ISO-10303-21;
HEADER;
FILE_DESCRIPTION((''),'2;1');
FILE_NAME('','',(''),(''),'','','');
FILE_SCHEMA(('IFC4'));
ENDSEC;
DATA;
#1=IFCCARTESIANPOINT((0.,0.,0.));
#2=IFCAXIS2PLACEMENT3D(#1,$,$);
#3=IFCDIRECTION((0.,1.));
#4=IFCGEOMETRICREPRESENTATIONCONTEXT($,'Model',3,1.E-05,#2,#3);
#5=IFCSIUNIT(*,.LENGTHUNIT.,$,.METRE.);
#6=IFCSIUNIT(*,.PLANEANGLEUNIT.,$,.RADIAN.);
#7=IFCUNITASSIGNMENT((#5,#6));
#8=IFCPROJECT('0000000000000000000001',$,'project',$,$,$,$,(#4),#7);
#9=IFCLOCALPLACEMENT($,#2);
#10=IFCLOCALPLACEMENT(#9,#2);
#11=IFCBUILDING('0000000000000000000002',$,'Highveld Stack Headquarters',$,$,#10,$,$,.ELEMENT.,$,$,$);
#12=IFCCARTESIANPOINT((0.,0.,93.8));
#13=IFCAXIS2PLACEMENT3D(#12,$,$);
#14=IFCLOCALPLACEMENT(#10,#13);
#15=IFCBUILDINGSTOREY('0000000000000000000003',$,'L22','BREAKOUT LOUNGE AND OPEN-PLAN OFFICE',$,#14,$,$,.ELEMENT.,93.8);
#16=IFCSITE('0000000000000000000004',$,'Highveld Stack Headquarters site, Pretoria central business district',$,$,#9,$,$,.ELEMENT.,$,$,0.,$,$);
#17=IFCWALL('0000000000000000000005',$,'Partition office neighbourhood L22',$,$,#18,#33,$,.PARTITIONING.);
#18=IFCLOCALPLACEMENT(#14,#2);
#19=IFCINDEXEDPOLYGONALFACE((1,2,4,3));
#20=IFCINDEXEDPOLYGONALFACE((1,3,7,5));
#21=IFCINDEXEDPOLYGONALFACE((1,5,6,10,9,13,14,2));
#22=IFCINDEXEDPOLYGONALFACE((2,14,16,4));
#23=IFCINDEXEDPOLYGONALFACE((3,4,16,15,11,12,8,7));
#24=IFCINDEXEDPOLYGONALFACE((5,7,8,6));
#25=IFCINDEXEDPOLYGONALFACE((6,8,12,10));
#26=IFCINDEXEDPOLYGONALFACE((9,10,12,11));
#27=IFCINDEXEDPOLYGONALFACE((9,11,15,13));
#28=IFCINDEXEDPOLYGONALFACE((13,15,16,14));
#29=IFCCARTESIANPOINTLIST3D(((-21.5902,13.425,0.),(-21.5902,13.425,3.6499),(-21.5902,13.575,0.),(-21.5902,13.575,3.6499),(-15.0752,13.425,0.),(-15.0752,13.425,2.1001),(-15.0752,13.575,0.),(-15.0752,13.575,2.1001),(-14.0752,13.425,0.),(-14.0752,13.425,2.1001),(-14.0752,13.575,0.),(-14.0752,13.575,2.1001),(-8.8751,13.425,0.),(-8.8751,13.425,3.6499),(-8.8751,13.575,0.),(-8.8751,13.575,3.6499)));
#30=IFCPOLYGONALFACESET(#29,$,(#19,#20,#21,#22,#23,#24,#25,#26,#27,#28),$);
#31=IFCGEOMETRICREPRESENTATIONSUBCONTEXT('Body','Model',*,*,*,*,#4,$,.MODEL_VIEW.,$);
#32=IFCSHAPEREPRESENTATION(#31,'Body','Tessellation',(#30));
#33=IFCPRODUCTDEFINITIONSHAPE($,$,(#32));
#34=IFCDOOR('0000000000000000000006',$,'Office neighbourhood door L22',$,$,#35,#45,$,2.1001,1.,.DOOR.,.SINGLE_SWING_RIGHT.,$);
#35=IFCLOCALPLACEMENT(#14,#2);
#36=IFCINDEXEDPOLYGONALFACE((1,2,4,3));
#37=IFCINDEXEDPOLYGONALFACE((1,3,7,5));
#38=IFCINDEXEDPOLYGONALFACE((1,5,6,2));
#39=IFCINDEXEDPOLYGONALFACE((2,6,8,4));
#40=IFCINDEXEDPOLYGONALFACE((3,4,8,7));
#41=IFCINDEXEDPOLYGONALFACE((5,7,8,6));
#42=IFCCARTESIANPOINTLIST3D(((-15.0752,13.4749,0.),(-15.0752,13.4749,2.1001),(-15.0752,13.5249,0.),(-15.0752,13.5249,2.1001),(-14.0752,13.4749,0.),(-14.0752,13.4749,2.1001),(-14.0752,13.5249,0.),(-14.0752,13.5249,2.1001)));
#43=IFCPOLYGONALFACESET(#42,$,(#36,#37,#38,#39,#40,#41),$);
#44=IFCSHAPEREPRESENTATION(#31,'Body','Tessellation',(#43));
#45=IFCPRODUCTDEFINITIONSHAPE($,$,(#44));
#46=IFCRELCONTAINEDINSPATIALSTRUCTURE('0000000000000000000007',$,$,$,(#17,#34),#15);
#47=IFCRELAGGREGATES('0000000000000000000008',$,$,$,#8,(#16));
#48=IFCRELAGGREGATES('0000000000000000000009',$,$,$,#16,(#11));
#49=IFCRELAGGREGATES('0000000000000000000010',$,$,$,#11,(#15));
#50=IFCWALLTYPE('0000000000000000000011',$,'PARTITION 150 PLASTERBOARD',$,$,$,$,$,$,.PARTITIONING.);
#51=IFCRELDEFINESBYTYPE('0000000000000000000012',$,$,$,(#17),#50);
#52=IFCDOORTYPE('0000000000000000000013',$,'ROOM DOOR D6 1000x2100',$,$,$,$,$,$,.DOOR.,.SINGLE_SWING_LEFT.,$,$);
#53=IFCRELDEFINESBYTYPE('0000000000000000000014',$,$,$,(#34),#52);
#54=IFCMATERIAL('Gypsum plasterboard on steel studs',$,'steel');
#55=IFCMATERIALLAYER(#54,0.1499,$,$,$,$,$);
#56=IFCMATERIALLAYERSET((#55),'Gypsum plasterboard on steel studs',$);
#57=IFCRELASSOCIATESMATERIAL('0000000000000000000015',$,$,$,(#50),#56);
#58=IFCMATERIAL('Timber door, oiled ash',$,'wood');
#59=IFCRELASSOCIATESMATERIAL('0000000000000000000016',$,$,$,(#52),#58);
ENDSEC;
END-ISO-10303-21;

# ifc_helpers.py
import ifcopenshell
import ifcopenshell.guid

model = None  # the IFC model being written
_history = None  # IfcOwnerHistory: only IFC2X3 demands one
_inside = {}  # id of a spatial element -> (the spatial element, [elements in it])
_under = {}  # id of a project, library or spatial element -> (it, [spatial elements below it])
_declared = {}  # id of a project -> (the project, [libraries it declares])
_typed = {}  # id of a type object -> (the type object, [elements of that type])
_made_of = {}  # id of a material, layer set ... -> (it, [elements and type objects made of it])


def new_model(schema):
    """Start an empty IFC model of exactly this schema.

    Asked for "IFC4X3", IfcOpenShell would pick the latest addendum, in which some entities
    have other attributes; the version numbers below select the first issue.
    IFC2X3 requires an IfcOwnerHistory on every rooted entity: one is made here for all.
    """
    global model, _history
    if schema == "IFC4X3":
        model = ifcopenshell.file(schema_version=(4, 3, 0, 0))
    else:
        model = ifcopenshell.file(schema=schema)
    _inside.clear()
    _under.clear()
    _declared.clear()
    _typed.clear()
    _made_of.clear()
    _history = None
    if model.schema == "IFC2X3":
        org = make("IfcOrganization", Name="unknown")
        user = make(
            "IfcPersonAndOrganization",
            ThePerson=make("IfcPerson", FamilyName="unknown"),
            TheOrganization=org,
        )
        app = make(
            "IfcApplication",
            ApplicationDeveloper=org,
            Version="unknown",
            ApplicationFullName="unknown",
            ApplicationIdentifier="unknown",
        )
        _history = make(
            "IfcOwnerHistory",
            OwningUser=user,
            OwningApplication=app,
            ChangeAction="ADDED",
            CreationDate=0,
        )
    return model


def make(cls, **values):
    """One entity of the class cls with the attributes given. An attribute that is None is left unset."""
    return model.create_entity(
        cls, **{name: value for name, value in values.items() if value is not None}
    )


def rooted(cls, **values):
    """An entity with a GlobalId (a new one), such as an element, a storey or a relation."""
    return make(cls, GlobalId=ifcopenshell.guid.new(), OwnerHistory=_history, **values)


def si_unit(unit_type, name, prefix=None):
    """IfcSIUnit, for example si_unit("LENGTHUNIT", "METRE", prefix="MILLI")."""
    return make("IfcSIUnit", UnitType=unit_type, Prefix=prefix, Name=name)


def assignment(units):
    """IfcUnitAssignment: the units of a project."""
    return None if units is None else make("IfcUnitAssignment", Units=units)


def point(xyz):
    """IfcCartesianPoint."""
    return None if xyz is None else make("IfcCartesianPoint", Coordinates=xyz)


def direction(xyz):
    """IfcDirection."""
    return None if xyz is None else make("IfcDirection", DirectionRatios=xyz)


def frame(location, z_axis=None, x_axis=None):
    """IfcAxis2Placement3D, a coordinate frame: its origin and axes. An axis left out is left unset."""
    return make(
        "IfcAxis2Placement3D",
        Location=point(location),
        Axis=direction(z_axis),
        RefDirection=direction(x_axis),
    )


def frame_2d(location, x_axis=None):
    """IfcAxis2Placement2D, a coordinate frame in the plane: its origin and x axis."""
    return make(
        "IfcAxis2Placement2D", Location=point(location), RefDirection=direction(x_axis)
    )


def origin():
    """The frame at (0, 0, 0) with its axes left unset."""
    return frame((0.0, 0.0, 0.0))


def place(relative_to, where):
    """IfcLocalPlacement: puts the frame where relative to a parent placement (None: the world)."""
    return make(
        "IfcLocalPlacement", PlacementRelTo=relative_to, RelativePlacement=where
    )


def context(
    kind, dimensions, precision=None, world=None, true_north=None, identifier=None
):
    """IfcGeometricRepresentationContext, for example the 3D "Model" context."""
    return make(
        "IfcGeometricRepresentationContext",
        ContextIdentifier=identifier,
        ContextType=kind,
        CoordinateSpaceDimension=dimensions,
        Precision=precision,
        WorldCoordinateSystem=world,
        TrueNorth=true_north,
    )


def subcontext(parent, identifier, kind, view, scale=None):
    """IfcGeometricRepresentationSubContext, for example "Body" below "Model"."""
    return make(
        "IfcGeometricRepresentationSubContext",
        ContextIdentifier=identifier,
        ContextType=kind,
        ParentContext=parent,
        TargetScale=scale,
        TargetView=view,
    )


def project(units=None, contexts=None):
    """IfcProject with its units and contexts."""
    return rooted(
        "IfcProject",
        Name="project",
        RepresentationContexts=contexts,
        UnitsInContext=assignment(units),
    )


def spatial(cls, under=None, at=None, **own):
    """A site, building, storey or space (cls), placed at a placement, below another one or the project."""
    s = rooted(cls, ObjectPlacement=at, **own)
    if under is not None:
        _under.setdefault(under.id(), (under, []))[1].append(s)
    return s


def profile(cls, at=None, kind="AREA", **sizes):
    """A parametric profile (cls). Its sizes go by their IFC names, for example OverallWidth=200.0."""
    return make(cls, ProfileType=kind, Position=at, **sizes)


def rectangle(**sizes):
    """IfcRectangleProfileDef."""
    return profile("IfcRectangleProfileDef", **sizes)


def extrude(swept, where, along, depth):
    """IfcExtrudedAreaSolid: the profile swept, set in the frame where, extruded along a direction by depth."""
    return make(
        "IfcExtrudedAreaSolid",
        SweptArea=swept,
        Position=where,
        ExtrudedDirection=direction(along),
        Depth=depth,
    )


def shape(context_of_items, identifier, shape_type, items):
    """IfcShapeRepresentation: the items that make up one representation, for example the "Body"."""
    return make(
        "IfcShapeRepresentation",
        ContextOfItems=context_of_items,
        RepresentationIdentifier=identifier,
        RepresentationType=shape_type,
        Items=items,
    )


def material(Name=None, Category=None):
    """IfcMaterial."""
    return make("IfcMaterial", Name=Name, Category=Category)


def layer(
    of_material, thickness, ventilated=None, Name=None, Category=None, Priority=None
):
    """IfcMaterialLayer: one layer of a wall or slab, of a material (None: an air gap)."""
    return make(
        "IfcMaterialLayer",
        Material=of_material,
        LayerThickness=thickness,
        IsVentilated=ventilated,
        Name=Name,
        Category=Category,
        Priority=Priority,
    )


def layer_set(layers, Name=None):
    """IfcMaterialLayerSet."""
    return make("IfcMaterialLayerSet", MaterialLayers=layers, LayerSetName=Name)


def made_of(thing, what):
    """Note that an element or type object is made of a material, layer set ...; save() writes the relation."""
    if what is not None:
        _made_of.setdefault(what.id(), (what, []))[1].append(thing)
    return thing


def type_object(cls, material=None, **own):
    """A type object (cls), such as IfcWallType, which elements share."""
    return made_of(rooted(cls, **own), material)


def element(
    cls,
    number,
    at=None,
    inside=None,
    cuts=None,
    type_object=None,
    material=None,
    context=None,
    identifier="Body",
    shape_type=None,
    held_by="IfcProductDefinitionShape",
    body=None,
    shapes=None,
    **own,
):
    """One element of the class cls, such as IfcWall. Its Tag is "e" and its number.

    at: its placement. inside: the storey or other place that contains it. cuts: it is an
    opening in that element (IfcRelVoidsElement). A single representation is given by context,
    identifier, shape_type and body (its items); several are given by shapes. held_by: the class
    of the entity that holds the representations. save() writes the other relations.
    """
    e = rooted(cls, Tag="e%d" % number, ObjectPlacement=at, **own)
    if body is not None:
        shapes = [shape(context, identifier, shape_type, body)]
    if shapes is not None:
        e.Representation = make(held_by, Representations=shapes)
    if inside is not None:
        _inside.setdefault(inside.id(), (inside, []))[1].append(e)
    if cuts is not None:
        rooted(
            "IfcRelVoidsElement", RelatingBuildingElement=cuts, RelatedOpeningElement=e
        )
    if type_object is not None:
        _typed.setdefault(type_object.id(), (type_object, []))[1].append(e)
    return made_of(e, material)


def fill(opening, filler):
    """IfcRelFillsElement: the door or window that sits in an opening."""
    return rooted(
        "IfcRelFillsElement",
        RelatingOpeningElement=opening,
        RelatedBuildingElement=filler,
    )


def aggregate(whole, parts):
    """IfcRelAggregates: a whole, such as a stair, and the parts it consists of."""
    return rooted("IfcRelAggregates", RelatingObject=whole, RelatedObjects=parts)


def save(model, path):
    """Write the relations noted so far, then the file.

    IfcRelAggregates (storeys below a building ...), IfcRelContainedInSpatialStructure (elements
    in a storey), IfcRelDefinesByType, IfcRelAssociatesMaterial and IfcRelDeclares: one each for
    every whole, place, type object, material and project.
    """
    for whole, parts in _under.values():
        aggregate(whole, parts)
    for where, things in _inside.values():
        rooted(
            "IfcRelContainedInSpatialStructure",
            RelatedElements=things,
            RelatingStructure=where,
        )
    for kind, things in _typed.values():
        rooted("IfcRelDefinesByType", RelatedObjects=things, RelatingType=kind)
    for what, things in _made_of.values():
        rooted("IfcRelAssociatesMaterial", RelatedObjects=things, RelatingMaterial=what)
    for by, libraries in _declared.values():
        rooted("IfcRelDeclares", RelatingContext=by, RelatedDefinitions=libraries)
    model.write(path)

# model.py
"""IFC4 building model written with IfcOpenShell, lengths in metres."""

from ifc_helpers import new_model, si_unit, direction, frame, frame_2d, origin, place, context, subcontext, project, spatial, rectangle, extrude, material, layer, layer_set, type_object, element, fill, save


model = new_model("IFC4")

# Units and contexts
model_context = context("Model", 3, precision=1e-05, world=origin(), true_north=direction((0.0, 1.0)))
body_context = subcontext(model_context, "Body", "Model", "MODEL_VIEW")
ifc_project = project(units=[si_unit("LENGTHUNIT", "METRE"), si_unit("PLANEANGLEUNIT", "RADIAN")], contexts=[model_context])

# Site, building, storey
site_placement = place(None, origin())
site = spatial("IfcSite", under=ifc_project, at=site_placement, Name="Highveld Stack Headquarters site, Pretoria central business district", CompositionType="ELEMENT", RefElevation=0.0)
building_placement = place(site_placement, origin())
building = spatial("IfcBuilding", under=site, at=building_placement, Name="Highveld Stack Headquarters", CompositionType="ELEMENT")
storey_placement = place(building_placement, frame((0.0, 0.0, 93.8)))
storey = spatial("IfcBuildingStorey", under=building, at=storey_placement, Name="L22", Description="BREAKOUT LOUNGE AND OPEN-PLAN OFFICE", CompositionType="ELEMENT", Elevation=93.8)

# Shared definitions
ifc_material_1 = material(Name="Gypsum plasterboard on steel studs", Category="steel")
ifc_layer_1 = layer(ifc_material_1, 0.1499)
ifc_layer_set_1 = layer_set([ifc_layer_1], Name="Gypsum plasterboard on steel studs")
wall_type = type_object("IfcWallType", Name="PARTITION 150 PLASTERBOARD", PredefinedType="PARTITIONING", material=ifc_layer_set_1)

# Wall, opening, door
wall_1_placement = place(storey_placement, frame((-21.5901, 13.5, 0.0), z_axis=(0.0, 0.0, 1.0), x_axis=(1.0, 0.0, 0.0)))
wall_1 = element("IfcWall", 1, at=wall_1_placement, inside=storey, type_object=wall_type, Name="Partition office neighbourhood L22", PredefinedType="PARTITIONING", context=body_context, shape_type="SweptSolid", body=[
    extrude(rectangle(XDim=12.7151, YDim=0.1499, at=frame_2d((6.3574, 0.0))), origin(), (0.0, 0.0, 1.0), 3.6499),
])
opening_placement = place(wall_1_placement, frame((6.5149, 0.0, 0.0)))
opening = element("IfcOpeningElement", 2, at=opening_placement, cuts=wall_1, PredefinedType="OPENING", context=body_context, shape_type="SweptSolid", body=[
    extrude(rectangle(XDim=1.0, YDim=2.1001, at=frame_2d((0.5, 1.05))), frame((0.0, 0.085, 0.0), z_axis=(0.0, -1.0, 0.0), x_axis=(1.0, 0.0, 0.0)), (0.0, 0.0, 1.0), 0.1699),
])
ifc_material_2 = material(Name="Timber door, oiled ash", Category="wood")
door_type = type_object("IfcDoorType", Name="ROOM DOOR D6 1000x2100", OperationType="SINGLE_SWING_LEFT", PredefinedType="DOOR", material=ifc_material_2)
door_placement = place(opening_placement, origin())
door = element("IfcDoor", 3, at=door_placement, inside=storey, type_object=door_type, Name="Office neighbourhood door L22", OperationType="SINGLE_SWING_RIGHT", OverallHeight=2.1001, OverallWidth=1.0, PredefinedType="DOOR", context=body_context, shape_type="SweptSolid", body=[
    extrude(rectangle(XDim=1.0, YDim=2.1001, at=frame_2d((0.5, 1.05))), frame((0.0, 0.0249, 0.0), z_axis=(0.0, -1.0, 0.0), x_axis=(1.0, 0.0, 0.0)), (0.0, 0.0, 1.0), 0.05),
])
fill(opening, door)

save(model, "model.ifc")
